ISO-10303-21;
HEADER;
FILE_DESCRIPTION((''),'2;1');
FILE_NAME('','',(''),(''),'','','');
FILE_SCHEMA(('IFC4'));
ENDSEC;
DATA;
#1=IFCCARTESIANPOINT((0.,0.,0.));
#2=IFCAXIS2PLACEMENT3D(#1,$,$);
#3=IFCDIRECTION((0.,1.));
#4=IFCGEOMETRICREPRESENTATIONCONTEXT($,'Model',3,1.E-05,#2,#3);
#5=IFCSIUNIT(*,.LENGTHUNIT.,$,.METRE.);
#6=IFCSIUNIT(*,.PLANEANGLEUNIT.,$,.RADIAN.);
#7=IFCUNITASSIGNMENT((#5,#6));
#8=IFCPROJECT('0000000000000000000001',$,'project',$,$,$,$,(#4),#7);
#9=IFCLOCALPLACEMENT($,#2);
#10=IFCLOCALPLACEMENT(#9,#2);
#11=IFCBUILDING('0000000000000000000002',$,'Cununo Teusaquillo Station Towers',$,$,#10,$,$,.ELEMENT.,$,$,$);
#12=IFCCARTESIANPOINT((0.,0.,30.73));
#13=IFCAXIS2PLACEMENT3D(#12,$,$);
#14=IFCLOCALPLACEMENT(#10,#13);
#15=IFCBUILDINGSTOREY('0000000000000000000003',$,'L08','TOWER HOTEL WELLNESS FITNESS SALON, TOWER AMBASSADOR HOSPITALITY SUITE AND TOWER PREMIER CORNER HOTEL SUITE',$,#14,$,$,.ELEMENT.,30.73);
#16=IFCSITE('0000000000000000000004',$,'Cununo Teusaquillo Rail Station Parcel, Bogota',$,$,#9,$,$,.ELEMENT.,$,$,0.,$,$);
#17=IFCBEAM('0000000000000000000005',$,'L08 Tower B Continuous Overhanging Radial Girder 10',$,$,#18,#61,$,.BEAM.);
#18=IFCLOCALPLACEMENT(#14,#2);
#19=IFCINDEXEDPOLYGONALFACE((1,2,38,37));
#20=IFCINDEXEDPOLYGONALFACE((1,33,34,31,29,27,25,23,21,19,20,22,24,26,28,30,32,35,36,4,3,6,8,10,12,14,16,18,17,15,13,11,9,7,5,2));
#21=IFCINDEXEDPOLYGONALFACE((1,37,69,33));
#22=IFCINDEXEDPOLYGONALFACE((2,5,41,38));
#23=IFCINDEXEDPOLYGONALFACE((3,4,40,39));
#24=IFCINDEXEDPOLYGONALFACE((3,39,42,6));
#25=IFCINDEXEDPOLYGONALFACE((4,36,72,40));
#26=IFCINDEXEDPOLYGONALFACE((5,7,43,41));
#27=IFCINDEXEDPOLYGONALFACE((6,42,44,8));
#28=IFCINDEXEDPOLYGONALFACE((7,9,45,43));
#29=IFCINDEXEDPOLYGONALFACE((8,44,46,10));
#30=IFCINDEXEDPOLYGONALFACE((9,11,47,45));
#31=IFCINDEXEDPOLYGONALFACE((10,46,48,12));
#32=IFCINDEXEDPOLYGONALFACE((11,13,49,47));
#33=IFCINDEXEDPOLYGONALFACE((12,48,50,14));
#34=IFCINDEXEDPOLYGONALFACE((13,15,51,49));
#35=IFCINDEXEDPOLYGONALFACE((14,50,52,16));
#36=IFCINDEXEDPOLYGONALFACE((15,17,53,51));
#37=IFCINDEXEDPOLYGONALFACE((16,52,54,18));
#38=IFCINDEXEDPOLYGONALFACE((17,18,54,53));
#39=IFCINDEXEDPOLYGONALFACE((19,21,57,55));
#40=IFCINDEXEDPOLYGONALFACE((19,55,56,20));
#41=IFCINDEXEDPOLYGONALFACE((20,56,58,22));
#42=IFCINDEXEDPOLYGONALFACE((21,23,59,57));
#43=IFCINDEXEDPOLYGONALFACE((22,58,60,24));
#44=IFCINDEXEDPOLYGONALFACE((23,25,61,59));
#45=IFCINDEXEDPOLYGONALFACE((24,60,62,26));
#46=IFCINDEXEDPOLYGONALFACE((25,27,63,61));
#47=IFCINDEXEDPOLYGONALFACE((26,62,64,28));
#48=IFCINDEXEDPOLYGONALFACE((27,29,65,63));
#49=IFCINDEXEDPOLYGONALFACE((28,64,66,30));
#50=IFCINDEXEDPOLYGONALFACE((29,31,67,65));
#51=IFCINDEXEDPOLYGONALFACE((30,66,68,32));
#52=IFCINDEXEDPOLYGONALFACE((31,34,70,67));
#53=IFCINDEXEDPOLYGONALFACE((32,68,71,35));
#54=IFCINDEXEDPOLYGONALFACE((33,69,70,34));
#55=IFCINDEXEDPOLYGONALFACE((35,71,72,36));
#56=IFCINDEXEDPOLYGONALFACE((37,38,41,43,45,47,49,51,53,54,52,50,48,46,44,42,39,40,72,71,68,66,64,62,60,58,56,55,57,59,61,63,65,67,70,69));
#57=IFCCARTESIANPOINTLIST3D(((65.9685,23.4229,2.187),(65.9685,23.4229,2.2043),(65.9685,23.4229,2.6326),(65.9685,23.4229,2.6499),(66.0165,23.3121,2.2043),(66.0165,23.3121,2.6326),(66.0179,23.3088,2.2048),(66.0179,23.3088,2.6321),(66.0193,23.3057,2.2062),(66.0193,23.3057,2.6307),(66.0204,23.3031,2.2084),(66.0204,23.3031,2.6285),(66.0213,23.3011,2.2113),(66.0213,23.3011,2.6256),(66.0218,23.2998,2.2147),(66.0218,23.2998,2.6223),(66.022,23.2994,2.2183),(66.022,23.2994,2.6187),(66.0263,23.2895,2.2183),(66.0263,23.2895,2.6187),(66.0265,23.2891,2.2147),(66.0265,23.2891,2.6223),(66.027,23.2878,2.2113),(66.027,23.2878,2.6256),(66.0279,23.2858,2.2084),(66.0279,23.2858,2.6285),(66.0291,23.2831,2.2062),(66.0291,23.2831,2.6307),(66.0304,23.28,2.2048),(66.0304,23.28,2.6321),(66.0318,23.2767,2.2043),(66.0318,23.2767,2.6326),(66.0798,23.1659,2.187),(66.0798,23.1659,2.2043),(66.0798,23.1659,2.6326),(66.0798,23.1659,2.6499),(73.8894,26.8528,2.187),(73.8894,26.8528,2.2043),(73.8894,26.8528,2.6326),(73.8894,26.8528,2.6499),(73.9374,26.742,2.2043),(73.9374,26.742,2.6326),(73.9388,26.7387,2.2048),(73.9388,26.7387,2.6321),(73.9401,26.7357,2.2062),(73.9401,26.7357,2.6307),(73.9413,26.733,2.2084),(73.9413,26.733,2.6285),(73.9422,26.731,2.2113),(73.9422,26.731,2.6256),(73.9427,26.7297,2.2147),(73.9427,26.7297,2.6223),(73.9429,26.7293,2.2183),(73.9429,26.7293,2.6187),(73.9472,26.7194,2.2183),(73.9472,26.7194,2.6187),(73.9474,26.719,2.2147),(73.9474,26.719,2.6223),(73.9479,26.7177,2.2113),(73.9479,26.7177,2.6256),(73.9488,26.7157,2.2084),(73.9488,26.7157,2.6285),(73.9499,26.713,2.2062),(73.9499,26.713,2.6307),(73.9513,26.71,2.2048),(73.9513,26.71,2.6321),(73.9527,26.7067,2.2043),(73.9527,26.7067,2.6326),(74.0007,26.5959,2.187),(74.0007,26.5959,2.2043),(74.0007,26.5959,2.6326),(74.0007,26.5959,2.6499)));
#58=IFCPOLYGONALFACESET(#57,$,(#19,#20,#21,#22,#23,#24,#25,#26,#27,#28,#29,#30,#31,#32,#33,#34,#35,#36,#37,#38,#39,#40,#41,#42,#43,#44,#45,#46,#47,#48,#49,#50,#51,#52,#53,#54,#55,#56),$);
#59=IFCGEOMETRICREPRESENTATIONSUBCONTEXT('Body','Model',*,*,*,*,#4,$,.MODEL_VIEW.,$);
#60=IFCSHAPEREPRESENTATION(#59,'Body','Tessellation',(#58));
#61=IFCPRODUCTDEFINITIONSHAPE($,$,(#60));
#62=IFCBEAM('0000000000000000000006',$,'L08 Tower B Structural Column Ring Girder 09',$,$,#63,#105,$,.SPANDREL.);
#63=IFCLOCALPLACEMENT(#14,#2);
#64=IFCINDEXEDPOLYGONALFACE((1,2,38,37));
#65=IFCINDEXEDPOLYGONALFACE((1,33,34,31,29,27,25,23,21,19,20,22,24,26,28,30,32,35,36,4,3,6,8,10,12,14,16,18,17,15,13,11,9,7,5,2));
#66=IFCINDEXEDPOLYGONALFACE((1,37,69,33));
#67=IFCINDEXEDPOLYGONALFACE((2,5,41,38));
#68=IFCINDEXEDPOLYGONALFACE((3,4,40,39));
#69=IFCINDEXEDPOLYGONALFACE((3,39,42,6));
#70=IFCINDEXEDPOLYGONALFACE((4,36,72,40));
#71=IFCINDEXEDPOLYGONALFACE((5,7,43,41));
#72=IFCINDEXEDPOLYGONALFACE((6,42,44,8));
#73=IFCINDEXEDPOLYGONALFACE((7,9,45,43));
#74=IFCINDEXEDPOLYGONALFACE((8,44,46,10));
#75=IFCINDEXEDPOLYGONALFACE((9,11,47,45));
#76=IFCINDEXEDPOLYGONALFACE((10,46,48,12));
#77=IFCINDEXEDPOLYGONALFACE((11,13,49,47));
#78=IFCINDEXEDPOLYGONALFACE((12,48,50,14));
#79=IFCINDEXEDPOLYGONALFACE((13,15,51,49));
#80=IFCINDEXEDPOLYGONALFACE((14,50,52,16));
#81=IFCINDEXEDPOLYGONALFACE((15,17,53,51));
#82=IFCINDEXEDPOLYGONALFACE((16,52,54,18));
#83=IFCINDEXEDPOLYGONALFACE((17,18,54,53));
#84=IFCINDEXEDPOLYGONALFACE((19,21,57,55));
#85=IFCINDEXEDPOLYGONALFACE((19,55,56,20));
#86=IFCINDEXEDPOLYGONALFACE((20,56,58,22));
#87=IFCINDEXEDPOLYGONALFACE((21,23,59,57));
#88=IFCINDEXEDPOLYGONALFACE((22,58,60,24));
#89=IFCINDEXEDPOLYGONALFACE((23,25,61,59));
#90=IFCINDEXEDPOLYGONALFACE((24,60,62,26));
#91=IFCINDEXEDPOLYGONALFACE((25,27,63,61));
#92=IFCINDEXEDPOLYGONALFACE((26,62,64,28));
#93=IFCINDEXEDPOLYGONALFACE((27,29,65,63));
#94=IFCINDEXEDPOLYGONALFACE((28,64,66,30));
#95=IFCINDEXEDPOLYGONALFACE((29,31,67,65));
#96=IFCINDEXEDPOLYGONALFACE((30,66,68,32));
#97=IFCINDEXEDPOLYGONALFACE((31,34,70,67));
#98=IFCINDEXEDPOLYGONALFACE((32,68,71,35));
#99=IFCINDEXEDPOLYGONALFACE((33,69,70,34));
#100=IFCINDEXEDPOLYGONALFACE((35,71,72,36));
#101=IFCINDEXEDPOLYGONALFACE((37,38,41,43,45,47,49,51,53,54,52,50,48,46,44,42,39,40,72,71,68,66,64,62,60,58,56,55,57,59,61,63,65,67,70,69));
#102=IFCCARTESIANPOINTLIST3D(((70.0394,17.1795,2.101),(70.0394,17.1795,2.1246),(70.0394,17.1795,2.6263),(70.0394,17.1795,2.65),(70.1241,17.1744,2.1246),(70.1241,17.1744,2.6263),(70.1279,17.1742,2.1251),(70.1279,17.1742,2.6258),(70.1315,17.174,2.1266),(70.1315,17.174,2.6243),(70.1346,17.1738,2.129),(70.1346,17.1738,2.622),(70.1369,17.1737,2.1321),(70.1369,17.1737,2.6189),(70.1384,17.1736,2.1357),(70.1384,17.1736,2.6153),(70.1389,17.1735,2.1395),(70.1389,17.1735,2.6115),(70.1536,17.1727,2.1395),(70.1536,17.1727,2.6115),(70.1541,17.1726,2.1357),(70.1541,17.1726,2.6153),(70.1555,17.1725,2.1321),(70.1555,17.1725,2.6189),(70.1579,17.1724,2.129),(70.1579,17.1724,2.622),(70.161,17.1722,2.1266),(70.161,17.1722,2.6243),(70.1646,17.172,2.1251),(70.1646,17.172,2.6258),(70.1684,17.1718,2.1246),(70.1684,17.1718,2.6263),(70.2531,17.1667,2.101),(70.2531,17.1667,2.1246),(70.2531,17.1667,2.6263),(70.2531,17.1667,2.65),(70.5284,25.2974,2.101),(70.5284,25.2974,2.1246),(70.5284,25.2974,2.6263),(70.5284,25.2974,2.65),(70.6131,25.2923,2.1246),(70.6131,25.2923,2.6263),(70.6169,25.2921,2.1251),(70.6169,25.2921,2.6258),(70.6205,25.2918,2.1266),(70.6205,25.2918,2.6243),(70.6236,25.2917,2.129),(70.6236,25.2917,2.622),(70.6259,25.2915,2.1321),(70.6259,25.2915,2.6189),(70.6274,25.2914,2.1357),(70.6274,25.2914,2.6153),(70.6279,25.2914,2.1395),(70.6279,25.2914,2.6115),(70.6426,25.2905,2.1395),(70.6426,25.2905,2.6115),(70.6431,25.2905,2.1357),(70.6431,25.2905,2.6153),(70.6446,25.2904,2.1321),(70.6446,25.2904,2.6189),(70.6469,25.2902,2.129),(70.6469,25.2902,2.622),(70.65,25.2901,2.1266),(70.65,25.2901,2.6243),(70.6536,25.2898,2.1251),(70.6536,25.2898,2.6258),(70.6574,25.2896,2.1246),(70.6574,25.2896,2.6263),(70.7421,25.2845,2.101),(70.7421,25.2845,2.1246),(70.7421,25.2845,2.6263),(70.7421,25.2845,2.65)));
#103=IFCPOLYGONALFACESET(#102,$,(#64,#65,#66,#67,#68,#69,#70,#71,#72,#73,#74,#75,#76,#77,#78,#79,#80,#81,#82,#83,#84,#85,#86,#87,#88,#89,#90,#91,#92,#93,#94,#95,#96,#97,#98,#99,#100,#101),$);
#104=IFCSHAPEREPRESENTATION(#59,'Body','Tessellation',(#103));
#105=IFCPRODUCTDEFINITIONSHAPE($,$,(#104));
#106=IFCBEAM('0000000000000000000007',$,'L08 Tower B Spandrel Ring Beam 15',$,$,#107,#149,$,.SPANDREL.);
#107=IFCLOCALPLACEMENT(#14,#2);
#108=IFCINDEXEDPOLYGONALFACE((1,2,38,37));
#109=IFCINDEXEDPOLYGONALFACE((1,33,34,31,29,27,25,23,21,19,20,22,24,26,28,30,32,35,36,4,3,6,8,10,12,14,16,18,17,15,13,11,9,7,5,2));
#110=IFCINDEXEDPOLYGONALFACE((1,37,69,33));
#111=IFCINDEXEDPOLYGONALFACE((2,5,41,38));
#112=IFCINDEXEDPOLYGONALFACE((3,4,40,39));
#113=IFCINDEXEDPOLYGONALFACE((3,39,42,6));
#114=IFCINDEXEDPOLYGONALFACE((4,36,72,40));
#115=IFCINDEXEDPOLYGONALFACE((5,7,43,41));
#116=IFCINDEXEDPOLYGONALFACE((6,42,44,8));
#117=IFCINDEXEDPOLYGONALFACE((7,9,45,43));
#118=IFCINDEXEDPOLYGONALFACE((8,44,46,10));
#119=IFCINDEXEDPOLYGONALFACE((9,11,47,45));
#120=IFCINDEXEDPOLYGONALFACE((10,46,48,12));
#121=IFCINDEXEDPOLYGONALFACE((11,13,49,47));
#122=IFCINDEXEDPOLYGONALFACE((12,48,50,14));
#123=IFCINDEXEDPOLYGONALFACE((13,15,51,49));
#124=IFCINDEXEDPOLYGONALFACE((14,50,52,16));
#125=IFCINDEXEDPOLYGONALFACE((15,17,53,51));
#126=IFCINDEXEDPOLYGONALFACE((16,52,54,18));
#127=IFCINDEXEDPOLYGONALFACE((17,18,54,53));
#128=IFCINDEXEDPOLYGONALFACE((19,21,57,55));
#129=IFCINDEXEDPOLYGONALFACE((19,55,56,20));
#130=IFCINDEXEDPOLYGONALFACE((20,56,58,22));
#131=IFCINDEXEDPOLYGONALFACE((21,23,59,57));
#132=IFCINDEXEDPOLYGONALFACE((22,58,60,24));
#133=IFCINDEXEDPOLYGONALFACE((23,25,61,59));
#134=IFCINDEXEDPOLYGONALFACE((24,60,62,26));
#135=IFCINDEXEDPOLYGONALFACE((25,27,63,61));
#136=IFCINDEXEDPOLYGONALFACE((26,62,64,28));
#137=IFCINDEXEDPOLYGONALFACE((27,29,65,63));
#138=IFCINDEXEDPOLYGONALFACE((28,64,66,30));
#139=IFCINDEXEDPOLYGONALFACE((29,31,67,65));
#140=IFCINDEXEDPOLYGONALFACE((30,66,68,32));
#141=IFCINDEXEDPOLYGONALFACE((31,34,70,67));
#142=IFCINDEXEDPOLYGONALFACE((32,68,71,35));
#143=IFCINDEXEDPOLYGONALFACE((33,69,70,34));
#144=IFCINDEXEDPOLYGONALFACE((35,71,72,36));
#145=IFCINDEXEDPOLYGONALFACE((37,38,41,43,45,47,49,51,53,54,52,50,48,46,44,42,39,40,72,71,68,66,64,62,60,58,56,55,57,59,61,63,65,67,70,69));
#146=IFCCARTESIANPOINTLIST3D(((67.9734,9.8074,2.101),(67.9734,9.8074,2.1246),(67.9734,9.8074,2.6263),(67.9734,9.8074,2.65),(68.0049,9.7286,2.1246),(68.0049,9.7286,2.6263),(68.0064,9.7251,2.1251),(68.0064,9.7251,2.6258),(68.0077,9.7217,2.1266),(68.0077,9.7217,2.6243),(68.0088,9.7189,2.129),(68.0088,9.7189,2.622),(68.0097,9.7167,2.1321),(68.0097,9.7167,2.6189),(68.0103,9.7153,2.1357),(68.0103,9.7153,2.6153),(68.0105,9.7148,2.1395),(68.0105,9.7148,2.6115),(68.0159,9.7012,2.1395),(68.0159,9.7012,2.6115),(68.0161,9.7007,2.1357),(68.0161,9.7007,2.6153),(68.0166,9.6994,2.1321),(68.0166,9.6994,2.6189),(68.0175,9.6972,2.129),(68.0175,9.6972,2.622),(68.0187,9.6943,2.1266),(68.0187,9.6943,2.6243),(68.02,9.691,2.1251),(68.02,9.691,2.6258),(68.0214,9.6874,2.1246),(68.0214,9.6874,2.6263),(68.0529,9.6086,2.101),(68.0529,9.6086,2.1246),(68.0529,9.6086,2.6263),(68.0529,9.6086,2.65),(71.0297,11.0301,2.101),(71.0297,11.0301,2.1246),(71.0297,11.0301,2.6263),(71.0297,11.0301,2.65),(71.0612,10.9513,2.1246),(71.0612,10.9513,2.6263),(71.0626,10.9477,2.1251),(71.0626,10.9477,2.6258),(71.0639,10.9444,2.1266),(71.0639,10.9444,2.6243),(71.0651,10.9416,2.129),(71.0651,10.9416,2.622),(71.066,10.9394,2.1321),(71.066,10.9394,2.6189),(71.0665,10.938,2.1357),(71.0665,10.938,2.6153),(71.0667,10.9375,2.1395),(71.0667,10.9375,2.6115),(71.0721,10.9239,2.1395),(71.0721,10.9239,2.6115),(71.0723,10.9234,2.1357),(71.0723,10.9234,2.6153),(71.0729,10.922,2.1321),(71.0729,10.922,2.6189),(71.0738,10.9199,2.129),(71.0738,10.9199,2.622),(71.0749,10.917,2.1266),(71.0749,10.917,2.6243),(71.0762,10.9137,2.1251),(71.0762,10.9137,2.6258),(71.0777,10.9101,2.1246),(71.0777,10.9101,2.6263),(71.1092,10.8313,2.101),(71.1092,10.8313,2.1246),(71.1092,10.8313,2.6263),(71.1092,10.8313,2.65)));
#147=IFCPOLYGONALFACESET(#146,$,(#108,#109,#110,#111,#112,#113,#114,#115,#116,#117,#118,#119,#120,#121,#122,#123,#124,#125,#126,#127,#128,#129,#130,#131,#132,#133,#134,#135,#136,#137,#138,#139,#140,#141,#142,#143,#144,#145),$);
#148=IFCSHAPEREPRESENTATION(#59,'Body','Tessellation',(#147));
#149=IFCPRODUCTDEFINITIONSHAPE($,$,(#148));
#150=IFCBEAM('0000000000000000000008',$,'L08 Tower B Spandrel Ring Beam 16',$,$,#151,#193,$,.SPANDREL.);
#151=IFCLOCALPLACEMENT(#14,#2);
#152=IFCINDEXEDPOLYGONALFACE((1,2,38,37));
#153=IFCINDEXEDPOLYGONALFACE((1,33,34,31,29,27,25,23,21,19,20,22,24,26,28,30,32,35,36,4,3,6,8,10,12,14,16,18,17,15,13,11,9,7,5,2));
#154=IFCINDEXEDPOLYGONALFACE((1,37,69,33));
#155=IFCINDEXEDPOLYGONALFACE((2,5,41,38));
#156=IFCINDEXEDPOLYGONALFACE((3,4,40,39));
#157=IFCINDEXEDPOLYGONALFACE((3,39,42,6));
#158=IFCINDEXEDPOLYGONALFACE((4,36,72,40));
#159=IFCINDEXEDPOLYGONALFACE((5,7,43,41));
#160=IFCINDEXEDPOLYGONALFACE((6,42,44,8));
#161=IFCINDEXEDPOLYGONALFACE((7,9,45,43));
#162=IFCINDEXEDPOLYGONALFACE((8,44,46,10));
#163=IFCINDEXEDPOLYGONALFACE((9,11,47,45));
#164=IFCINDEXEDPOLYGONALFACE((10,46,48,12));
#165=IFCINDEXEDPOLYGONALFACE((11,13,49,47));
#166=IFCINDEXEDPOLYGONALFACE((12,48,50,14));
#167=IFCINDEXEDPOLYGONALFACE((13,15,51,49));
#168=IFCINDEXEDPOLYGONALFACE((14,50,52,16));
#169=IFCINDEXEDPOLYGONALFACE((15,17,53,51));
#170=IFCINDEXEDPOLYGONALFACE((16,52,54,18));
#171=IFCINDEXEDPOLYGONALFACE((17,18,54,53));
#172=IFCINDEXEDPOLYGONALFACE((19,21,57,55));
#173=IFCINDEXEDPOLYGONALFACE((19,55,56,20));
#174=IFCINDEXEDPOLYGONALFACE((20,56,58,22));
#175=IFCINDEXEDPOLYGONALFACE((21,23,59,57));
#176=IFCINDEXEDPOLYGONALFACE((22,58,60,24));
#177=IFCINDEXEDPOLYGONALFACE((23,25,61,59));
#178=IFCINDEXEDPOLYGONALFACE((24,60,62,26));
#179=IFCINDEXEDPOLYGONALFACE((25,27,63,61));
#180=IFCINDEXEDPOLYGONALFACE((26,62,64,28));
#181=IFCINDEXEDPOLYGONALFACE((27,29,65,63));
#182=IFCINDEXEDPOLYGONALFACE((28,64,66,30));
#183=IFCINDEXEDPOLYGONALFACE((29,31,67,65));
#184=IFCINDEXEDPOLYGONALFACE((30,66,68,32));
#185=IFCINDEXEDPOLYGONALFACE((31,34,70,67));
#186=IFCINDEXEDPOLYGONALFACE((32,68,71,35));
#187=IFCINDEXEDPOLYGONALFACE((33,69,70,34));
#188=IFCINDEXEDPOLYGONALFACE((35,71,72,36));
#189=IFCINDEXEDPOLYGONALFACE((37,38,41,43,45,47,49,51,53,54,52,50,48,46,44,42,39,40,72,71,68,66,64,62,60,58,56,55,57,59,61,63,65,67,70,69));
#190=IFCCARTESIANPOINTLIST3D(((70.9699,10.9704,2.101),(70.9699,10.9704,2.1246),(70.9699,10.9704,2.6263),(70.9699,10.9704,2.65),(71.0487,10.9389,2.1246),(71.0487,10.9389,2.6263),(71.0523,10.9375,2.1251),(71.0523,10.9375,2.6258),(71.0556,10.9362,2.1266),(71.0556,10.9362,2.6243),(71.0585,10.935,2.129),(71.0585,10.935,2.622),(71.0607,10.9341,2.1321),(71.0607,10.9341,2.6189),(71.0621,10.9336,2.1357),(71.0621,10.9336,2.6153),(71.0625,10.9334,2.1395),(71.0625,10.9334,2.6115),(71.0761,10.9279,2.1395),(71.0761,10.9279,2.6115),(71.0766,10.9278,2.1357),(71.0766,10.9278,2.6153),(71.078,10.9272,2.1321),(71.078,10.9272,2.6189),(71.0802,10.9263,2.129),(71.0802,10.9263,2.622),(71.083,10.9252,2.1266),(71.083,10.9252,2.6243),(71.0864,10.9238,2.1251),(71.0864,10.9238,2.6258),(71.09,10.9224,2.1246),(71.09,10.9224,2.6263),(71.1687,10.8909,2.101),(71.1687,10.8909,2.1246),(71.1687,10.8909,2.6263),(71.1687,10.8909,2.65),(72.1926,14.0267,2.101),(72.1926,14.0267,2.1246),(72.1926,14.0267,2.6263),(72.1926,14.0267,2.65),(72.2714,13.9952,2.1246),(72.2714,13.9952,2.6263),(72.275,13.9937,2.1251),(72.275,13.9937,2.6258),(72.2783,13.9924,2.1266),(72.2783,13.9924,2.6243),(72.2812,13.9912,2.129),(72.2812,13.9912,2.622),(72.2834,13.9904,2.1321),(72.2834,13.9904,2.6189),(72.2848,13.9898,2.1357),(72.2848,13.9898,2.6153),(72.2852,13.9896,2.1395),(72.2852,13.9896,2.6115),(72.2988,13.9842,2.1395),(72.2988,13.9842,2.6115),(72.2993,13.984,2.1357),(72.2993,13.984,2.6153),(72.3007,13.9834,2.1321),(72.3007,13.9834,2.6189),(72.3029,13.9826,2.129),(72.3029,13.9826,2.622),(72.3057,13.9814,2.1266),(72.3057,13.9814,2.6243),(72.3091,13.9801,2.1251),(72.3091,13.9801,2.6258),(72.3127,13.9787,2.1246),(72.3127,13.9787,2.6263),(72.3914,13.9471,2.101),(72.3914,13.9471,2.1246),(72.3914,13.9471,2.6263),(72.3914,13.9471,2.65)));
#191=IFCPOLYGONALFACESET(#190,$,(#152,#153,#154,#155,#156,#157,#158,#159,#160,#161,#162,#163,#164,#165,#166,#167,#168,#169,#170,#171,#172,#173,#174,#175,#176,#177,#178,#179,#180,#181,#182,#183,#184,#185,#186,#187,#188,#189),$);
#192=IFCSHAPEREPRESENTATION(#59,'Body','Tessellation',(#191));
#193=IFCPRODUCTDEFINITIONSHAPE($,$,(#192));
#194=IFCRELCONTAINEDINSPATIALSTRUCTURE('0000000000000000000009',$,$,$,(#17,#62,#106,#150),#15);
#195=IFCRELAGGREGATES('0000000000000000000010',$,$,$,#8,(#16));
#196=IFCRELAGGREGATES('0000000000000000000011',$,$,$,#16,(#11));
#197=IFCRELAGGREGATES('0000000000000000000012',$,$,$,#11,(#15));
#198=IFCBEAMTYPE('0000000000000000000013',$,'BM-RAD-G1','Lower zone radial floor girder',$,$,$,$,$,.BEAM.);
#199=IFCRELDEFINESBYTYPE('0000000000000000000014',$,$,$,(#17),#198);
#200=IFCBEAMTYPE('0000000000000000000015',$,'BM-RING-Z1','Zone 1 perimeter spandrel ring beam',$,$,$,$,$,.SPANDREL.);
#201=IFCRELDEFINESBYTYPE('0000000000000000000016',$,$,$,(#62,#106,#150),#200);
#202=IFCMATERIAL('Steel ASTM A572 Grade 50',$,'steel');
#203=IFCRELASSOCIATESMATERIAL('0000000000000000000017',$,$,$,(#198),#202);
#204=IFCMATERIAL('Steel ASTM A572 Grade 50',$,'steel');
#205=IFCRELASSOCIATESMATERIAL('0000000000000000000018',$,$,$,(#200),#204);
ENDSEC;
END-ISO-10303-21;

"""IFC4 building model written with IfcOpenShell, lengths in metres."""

from ifc_helpers import new_model, si_unit, direction, frame, origin, origin_2d, place, context, subcontext, project, spatial, i_section, extrude, material, material_profile, profile_set, type_object, element, save


model = new_model("IFC4")

# Units and contexts
model_context = context("Model", 3, precision=1e-05, world=origin(), true_north=direction((0.0, 1.0)))
body_context = subcontext(model_context, "Body", "Model", "MODEL_VIEW")
ifc_project = project(units=[si_unit("LENGTHUNIT", "METRE"), si_unit("PLANEANGLEUNIT", "RADIAN")], contexts=[model_context])

# Site, building, storey
site_placement = place(None, origin())
site = spatial("IfcSite", under=ifc_project, at=site_placement, Name="Cununo Teusaquillo Rail Station Parcel, Bogota", CompositionType="ELEMENT", RefElevation=0.0)
building_placement = place(site_placement, origin())
building = spatial("IfcBuilding", under=site, at=building_placement, Name="Cununo Teusaquillo Station Towers", CompositionType="ELEMENT")
storey_placement = place(building_placement, frame((0.0, 0.0, 30.73)))
storey = spatial("IfcBuildingStorey", under=building, at=storey_placement, Name="L08", Description="TOWER HOTEL WELLNESS FITNESS SALON, TOWER AMBASSADOR HOSPITALITY SUITE AND TOWER PREMIER CORNER HOTEL SUITE", CompositionType="ELEMENT", Elevation=30.73)

# Beams
ifc_material_1 = material(Name="Steel ASTM A572 Grade 50", Category="steel")
ifc_material_profile_1 = material_profile(ifc_material_1, i_section(OverallWidth=0.28, OverallDepth=0.4629, WebThickness=0.0107, FlangeThickness=0.0173, FilletRadius=0.0139, at=origin_2d()), Name="W18X76")
ifc_profile_set_1 = profile_set([ifc_material_profile_1], Name="Steel ASTM A572 Grade 50")
beam_type_1 = type_object("IfcBeamType", Name="BM-RAD-G1", Description="Lower zone radial floor girder", PredefinedType="BEAM", material=ifc_profile_set_1)
beam_1_placement = place(storey_placement, frame((66.0242, 23.2944, 2.4185), z_axis=(0.917659, 0.397368, 0.0), x_axis=(-0.397368, 0.917659, 0.0)))
element("IfcBeam", 1, at=beam_1_placement, inside=storey, type_object=beam_type_1, Name="L08 Tower B Continuous Overhanging Radial Girder 10", PredefinedType="BEAM", context=body_context, shape_type="SweptSolid", body=[
    extrude(i_section(OverallWidth=0.28, OverallDepth=0.4629, WebThickness=0.0107, FlangeThickness=0.0173, FilletRadius=0.0139, at=origin_2d()), origin(), (0.0, 0.0, 1.0), 8.6316),
])
ifc_material_2 = material(Name="Steel ASTM A572 Grade 50", Category="steel")
ifc_material_profile_2 = material_profile(ifc_material_2, i_section(OverallWidth=0.2141, OverallDepth=0.5491, WebThickness=0.0146, FlangeThickness=0.0237, FilletRadius=0.0149, at=origin_2d()), Name="W21X93")
ifc_profile_set_2 = profile_set([ifc_material_profile_2], Name="Steel ASTM A572 Grade 50")
beam_type_2 = type_object("IfcBeamType", Name="BM-RING-Z1", Description="Zone 1 perimeter spandrel ring beam", PredefinedType="SPANDREL", material=ifc_profile_set_2)
beam_2_placement = place(storey_placement, frame((70.1462, 17.1731, 2.3755), z_axis=(0.06013, 0.998191, 0.0), x_axis=(-0.998191, 0.06013, 0.0)))
element("IfcBeam", 2, at=beam_2_placement, inside=storey, type_object=beam_type_2, Name="L08 Tower B Structural Column Ring Girder 09", PredefinedType="SPANDREL", context=body_context, shape_type="SweptSolid", body=[
    extrude(i_section(OverallWidth=0.2141, OverallDepth=0.5491, WebThickness=0.0146, FlangeThickness=0.0237, FilletRadius=0.0149, at=origin_2d()), origin(), (0.0, 0.0, 1.0), 8.1326),
])
for number, where, z_axis, x_axis, name in (
    (3, (68.0132, 9.708, 2.3755), (0.928456, 0.371442, 0.0), (-0.371442, 0.928456, 0.0), "L08 Tower B Spandrel Ring Beam 15"),
    (4, (71.0693, 10.9307, 2.3755), (0.371442, 0.928456, 0.0), (-0.928456, 0.371442, 0.0), "L08 Tower B Spandrel Ring Beam 16"),
):
    element("IfcBeam", number, at=place(storey_placement, frame(where, z_axis=z_axis, x_axis=x_axis)), inside=storey, type_object=beam_type_2, Name=name, PredefinedType="SPANDREL", context=body_context, shape_type="SweptSolid", body=[
        extrude(i_section(OverallWidth=0.2141, OverallDepth=0.5491, WebThickness=0.0146, FlangeThickness=0.0237, FilletRadius=0.0149, at=origin_2d()), origin(), (0.0, 0.0, 1.0), 3.2917),
    ])

save(model, "model.ifc")
